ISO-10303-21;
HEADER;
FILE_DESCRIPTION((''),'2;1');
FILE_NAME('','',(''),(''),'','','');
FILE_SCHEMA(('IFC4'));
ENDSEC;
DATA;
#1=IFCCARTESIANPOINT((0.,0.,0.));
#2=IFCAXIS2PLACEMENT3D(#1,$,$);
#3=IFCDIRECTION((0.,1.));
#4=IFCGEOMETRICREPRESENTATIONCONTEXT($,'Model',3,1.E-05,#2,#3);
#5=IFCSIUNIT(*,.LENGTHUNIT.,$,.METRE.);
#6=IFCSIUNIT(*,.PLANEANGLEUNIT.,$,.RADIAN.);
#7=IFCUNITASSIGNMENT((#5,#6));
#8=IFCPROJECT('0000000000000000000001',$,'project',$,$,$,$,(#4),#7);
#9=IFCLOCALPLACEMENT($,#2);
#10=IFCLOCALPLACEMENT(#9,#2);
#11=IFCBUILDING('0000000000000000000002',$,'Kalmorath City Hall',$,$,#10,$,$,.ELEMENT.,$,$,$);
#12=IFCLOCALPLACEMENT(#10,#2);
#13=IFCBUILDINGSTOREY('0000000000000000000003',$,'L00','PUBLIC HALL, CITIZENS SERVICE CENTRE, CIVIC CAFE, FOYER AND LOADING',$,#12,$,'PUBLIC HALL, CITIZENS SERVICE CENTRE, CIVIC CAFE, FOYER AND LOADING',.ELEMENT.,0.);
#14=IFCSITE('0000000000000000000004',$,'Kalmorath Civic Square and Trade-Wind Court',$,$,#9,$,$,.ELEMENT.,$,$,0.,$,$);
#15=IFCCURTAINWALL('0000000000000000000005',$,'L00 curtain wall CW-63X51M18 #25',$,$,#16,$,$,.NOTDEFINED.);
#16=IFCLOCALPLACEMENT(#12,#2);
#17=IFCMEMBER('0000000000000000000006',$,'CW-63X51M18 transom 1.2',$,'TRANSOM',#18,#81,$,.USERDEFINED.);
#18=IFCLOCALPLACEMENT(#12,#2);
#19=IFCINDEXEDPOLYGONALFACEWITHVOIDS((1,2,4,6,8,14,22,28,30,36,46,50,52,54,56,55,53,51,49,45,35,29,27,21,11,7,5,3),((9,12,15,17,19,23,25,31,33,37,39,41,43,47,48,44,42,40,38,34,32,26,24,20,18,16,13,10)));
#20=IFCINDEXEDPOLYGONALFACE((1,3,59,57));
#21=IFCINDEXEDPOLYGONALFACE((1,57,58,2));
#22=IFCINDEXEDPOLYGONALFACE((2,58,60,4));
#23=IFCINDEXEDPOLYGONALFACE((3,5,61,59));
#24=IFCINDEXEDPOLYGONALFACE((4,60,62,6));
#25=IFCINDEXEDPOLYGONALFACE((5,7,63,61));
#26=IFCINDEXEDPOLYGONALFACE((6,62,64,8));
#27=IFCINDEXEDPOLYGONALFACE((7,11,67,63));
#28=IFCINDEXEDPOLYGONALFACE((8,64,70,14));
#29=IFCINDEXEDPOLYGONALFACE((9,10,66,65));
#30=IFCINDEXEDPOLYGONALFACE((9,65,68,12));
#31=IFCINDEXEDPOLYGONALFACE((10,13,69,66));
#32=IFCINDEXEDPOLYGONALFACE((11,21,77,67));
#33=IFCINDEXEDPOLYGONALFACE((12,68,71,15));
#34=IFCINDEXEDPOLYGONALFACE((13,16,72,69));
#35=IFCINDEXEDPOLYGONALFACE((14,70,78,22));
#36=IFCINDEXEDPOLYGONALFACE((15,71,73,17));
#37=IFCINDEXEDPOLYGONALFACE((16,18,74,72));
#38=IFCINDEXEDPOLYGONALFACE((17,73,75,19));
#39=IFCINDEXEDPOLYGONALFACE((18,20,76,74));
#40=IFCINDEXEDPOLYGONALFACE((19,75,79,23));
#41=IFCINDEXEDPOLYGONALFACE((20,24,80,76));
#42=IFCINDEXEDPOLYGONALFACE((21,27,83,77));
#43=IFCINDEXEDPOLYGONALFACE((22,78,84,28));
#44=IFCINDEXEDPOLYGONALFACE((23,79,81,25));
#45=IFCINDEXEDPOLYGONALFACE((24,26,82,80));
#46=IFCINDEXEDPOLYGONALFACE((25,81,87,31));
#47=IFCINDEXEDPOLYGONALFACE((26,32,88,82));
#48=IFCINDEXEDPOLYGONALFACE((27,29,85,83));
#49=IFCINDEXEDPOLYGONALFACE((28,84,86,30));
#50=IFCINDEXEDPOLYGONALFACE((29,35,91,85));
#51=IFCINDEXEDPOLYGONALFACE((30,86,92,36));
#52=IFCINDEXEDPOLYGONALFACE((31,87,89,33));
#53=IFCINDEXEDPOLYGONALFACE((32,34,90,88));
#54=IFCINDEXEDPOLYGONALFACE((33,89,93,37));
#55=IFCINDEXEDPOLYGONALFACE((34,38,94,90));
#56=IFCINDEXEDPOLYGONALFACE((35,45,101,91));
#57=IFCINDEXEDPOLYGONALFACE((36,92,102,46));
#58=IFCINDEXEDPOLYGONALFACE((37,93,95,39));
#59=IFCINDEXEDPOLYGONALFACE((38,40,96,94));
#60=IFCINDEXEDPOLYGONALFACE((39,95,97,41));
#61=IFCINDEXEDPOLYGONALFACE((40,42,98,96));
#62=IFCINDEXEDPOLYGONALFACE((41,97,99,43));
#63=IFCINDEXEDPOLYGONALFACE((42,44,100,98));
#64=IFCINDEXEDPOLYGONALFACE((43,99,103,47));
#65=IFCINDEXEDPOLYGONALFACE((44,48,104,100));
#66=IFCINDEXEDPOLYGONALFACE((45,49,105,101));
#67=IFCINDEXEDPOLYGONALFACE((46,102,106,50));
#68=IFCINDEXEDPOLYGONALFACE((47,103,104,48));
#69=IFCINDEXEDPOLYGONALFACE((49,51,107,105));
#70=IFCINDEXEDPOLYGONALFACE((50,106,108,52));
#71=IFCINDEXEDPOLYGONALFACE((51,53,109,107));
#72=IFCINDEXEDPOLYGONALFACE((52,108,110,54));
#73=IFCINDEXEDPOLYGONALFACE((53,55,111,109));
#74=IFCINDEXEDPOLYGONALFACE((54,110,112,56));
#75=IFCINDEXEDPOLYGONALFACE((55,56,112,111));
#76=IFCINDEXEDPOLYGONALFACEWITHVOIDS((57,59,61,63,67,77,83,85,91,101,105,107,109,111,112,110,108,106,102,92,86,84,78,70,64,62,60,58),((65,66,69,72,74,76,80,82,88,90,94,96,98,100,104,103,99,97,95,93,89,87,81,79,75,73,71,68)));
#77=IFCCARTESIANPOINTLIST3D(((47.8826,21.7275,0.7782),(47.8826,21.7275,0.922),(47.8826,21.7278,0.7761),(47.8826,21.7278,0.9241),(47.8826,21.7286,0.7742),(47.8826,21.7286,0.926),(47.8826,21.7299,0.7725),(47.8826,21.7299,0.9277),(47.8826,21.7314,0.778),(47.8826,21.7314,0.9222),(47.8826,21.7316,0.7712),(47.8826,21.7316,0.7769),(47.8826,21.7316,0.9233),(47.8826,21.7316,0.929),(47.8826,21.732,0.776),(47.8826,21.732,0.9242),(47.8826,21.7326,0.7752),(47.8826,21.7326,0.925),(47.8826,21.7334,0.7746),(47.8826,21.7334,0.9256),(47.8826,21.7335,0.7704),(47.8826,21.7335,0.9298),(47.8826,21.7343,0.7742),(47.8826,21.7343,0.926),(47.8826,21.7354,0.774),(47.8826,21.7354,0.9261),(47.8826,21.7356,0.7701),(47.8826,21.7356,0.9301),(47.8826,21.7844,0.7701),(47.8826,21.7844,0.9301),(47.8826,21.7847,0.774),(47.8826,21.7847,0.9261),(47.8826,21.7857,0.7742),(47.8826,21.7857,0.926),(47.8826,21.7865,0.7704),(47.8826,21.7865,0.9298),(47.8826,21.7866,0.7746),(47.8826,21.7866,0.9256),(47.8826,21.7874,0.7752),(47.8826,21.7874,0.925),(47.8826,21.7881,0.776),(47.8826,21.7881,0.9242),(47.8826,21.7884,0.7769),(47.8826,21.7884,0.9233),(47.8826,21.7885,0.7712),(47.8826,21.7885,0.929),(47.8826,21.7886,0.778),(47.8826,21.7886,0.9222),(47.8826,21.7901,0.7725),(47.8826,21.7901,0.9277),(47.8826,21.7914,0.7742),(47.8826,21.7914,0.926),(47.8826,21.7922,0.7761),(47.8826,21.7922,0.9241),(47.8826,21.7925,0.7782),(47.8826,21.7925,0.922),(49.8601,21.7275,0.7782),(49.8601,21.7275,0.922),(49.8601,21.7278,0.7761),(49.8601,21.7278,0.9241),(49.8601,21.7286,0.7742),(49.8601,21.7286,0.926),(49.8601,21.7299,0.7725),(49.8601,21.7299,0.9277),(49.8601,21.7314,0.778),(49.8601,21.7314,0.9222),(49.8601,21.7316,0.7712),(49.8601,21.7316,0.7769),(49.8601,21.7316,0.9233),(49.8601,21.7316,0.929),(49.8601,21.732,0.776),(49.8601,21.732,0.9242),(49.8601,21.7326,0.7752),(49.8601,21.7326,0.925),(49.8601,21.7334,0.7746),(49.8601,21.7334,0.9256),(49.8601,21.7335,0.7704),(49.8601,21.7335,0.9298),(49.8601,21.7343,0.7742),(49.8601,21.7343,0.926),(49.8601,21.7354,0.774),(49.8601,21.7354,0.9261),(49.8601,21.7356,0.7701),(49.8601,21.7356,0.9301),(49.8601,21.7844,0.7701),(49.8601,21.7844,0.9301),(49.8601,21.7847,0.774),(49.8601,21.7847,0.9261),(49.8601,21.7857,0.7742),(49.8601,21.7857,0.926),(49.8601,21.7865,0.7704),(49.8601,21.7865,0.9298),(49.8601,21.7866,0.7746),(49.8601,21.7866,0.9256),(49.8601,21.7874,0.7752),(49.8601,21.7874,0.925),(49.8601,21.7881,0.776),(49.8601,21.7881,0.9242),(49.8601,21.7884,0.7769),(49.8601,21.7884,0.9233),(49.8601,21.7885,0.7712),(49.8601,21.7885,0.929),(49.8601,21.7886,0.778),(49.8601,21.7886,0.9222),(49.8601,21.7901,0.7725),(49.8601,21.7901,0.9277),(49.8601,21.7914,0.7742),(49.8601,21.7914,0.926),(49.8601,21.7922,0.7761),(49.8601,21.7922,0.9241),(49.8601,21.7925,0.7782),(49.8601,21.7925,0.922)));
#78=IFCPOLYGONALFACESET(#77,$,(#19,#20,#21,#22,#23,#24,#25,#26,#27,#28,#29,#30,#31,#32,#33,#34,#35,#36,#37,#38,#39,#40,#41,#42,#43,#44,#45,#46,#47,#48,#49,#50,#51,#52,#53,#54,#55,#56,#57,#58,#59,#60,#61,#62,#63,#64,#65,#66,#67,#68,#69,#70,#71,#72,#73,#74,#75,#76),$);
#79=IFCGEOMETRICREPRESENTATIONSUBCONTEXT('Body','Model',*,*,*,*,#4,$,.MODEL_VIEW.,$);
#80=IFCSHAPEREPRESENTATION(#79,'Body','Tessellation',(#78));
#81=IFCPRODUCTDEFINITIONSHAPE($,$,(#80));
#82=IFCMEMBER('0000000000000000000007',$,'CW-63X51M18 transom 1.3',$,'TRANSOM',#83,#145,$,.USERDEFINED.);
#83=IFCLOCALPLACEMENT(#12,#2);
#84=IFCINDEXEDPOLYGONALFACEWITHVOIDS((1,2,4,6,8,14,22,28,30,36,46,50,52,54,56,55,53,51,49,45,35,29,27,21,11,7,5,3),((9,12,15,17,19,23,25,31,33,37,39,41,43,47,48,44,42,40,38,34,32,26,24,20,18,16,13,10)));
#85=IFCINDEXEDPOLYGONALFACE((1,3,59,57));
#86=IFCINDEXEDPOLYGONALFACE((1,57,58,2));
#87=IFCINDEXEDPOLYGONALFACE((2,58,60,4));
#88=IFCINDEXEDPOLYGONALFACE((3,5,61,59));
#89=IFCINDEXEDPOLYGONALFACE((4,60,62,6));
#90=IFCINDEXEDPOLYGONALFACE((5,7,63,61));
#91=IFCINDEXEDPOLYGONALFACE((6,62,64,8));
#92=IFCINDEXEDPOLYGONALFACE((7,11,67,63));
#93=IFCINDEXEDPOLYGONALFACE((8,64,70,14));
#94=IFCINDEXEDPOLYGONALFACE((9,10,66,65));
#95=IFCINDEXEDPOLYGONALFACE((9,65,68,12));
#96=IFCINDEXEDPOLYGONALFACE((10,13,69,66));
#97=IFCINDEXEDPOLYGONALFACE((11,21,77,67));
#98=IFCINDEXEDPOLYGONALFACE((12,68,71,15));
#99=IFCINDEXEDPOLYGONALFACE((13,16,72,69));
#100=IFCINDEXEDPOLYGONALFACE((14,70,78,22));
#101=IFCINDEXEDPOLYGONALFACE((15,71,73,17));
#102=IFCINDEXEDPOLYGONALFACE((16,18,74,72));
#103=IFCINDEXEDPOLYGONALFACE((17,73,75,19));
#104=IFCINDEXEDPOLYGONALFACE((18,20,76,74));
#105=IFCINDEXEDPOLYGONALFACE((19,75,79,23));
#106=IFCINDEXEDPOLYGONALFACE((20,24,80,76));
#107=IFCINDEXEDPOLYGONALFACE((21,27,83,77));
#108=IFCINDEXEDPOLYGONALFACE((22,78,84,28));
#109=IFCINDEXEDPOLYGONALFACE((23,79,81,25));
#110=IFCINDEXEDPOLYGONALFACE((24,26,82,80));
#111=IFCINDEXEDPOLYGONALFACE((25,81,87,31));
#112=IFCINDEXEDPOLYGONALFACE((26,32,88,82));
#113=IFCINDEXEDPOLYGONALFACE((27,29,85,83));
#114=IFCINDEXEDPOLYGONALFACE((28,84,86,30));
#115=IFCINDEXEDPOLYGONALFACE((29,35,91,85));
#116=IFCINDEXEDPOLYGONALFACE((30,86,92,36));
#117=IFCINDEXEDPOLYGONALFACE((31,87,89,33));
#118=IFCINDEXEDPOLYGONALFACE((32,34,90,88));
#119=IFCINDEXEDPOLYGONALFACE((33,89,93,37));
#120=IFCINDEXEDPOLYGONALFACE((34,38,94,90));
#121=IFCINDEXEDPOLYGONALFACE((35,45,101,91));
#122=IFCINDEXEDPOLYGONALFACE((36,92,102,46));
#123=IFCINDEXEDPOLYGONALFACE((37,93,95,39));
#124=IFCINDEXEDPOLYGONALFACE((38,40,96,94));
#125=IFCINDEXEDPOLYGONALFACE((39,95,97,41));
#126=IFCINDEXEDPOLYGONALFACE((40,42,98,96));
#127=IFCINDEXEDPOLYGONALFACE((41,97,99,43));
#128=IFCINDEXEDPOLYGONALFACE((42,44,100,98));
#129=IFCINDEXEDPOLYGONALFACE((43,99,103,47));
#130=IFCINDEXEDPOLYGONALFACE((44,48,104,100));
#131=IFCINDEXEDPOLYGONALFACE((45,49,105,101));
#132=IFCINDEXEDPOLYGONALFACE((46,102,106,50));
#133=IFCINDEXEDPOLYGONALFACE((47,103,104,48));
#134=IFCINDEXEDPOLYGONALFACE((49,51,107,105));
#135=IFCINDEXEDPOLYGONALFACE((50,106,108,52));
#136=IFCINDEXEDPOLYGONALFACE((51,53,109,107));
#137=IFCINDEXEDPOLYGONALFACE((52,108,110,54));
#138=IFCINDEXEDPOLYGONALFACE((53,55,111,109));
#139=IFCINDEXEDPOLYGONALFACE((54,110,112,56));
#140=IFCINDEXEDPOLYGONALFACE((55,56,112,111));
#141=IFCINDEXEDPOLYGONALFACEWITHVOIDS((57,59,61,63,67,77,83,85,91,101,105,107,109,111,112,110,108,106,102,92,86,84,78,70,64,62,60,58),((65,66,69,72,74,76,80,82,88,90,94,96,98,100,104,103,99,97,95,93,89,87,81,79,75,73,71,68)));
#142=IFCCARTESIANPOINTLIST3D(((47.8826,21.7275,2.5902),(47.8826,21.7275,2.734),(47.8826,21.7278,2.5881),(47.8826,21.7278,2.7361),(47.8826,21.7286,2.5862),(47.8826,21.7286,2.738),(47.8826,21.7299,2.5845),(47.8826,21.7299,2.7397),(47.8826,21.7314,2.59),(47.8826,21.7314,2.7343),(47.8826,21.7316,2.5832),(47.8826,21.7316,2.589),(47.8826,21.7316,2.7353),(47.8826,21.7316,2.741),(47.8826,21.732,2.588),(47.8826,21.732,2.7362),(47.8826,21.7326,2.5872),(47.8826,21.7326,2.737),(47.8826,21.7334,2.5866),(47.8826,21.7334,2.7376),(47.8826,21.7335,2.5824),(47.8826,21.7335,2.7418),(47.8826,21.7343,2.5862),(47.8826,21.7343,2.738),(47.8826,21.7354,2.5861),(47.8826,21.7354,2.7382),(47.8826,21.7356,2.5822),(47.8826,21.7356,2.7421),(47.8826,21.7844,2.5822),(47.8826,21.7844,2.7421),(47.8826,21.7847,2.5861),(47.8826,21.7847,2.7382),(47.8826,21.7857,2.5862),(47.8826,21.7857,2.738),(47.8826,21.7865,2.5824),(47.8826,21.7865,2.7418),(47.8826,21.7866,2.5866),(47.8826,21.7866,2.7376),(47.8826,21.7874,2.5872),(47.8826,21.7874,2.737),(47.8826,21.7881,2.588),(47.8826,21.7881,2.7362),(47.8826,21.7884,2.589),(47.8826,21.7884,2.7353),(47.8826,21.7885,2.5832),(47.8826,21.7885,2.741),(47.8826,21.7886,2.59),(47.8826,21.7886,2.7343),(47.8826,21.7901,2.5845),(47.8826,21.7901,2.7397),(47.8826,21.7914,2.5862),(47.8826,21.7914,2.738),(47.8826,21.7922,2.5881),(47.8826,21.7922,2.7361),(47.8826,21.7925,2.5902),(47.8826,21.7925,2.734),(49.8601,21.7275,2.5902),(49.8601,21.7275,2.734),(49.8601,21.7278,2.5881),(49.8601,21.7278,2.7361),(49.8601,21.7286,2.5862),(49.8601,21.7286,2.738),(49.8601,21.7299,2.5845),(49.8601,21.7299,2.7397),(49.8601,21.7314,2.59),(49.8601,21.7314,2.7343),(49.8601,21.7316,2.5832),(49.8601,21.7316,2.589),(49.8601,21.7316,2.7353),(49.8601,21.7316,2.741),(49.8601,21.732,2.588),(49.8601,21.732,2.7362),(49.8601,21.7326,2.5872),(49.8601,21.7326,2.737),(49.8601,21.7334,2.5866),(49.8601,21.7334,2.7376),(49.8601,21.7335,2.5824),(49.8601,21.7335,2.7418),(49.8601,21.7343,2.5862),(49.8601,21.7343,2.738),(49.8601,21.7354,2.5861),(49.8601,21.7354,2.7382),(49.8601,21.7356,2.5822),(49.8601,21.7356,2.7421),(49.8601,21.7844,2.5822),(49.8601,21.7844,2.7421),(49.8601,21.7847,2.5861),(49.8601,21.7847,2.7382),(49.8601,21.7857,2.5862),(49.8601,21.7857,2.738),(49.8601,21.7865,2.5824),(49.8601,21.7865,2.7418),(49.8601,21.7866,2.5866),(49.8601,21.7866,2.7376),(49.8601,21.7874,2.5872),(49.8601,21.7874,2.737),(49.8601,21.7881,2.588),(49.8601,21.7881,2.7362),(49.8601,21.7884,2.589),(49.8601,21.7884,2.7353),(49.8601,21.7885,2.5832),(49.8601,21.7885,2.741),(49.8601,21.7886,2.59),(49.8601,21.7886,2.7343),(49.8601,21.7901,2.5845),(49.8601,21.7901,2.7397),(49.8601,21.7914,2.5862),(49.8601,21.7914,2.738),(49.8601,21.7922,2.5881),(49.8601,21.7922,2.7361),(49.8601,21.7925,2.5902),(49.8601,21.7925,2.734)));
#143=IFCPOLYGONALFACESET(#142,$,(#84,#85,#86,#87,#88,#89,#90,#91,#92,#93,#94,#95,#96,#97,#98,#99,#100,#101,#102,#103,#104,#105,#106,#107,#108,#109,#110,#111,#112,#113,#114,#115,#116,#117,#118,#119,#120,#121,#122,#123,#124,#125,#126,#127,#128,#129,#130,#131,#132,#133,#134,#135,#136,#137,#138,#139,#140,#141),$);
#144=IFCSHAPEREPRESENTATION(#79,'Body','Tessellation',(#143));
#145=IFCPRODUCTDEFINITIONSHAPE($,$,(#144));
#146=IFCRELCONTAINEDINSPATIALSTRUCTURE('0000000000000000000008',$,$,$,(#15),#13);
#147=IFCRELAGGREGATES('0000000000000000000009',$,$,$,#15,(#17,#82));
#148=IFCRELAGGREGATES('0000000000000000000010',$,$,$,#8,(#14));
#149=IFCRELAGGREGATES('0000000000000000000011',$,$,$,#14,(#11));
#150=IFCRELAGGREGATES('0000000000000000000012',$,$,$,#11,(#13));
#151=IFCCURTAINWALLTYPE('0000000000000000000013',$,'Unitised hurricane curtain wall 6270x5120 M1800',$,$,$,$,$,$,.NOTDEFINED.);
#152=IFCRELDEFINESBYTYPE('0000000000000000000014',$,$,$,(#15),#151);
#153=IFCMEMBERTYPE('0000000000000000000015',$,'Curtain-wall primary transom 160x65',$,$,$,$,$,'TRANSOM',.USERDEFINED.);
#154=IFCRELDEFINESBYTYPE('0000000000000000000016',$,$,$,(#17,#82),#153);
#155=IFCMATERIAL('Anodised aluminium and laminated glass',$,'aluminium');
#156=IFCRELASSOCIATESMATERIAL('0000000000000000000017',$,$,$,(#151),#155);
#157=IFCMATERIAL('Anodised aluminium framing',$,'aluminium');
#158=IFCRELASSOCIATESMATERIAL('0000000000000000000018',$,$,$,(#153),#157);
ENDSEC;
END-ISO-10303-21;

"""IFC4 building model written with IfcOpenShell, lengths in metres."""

from ifc_helpers import new_model, si_unit, direction, frame, origin, origin_2d, place, context, subcontext, project, spatial, hollow_rectangle, extrude, material, material_profile, profile_set, type_object, element, aggregate, save


model = new_model("IFC4")

# Units and contexts
model_context = context("Model", 3, precision=1e-05, world=origin(), true_north=direction((0.0, 1.0)))
body_context = subcontext(model_context, "Body", "Model", "MODEL_VIEW")
ifc_project = project(units=[si_unit("LENGTHUNIT", "METRE"), si_unit("PLANEANGLEUNIT", "RADIAN")], contexts=[model_context])

# Site, building, storey
site_placement = place(None, origin())
site = spatial("IfcSite", under=ifc_project, at=site_placement, Name="Kalmorath Civic Square and Trade-Wind Court", CompositionType="ELEMENT", RefElevation=0.0)
building_placement = place(site_placement, origin())
building = spatial("IfcBuilding", under=site, at=building_placement, Name="Kalmorath City Hall", CompositionType="ELEMENT")
storey_placement = place(building_placement, origin())
storey = spatial("IfcBuildingStorey", under=building, at=storey_placement, Name="L00", Description="PUBLIC HALL, CITIZENS SERVICE CENTRE, CIVIC CAFE, FOYER AND LOADING", LongName="PUBLIC HALL, CITIZENS SERVICE CENTRE, CIVIC CAFE, FOYER AND LOADING", CompositionType="ELEMENT", Elevation=0.0)

# Curtain wall, members
ifc_material_1 = material(Name="Anodised aluminium and laminated glass", Category="aluminium")
curtain_wall_type = type_object("IfcCurtainWallType", Name="Unitised hurricane curtain wall 6270x5120 M1800", PredefinedType="NOTDEFINED", material=ifc_material_1)
curtain_wall_placement = place(storey_placement, origin())
curtain_wall = element("IfcCurtainWall", 1, at=curtain_wall_placement, inside=storey, type_object=curtain_wall_type, Name="L00 curtain wall CW-63X51M18 #25", PredefinedType="NOTDEFINED")
ifc_material_2 = material(Name="Anodised aluminium framing", Category="aluminium")
ifc_material_profile_1 = material_profile(ifc_material_2, hollow_rectangle(XDim=0.0649, YDim=0.1599, WallThickness=0.0039, InnerFilletRadius=0.0039, OuterFilletRadius=0.0081, at=origin_2d()), Name="ALU-TRN-160X65X4")
ifc_profile_set_1 = profile_set([ifc_material_profile_1], Name="Anodised aluminium framing")
member_type_1 = type_object("IfcMemberType", Name="Curtain-wall primary transom 160x65", ElementType="TRANSOM", PredefinedType="USERDEFINED", material=ifc_profile_set_1)
member_1_placement = place(storey_placement, frame((49.8601, 21.76, 0.8501), z_axis=(-1.0, 0.0, 0.0), x_axis=(0.0, -1.0, 0.0)))
member_1 = element("IfcMember", 2, at=member_1_placement, type_object=member_type_1, Name="CW-63X51M18 transom 1.2", ObjectType="TRANSOM", PredefinedType="USERDEFINED", context=body_context, shape_type="SweptSolid", body=[
    extrude(hollow_rectangle(XDim=0.0649, YDim=0.1599, WallThickness=0.0039, InnerFilletRadius=0.0039, OuterFilletRadius=0.0081, at=origin_2d()), origin(), (0.0, 0.0, 1.0), 1.9775),
])
member_2_placement = place(storey_placement, frame((49.8601, 21.76, 2.6621), z_axis=(-1.0, 0.0, 0.0), x_axis=(0.0, -1.0, 0.0)))
member_2 = element("IfcMember", 3, at=member_2_placement, type_object=member_type_1, Name="CW-63X51M18 transom 1.3", ObjectType="TRANSOM", PredefinedType="USERDEFINED", context=body_context, shape_type="SweptSolid", body=[
    extrude(hollow_rectangle(XDim=0.0649, YDim=0.1599, WallThickness=0.0039, InnerFilletRadius=0.0039, OuterFilletRadius=0.0081, at=origin_2d()), origin(), (0.0, 0.0, 1.0), 1.9775),
])

aggregate(curtain_wall, [member_1, member_2])

save(model, "model.ifc")
